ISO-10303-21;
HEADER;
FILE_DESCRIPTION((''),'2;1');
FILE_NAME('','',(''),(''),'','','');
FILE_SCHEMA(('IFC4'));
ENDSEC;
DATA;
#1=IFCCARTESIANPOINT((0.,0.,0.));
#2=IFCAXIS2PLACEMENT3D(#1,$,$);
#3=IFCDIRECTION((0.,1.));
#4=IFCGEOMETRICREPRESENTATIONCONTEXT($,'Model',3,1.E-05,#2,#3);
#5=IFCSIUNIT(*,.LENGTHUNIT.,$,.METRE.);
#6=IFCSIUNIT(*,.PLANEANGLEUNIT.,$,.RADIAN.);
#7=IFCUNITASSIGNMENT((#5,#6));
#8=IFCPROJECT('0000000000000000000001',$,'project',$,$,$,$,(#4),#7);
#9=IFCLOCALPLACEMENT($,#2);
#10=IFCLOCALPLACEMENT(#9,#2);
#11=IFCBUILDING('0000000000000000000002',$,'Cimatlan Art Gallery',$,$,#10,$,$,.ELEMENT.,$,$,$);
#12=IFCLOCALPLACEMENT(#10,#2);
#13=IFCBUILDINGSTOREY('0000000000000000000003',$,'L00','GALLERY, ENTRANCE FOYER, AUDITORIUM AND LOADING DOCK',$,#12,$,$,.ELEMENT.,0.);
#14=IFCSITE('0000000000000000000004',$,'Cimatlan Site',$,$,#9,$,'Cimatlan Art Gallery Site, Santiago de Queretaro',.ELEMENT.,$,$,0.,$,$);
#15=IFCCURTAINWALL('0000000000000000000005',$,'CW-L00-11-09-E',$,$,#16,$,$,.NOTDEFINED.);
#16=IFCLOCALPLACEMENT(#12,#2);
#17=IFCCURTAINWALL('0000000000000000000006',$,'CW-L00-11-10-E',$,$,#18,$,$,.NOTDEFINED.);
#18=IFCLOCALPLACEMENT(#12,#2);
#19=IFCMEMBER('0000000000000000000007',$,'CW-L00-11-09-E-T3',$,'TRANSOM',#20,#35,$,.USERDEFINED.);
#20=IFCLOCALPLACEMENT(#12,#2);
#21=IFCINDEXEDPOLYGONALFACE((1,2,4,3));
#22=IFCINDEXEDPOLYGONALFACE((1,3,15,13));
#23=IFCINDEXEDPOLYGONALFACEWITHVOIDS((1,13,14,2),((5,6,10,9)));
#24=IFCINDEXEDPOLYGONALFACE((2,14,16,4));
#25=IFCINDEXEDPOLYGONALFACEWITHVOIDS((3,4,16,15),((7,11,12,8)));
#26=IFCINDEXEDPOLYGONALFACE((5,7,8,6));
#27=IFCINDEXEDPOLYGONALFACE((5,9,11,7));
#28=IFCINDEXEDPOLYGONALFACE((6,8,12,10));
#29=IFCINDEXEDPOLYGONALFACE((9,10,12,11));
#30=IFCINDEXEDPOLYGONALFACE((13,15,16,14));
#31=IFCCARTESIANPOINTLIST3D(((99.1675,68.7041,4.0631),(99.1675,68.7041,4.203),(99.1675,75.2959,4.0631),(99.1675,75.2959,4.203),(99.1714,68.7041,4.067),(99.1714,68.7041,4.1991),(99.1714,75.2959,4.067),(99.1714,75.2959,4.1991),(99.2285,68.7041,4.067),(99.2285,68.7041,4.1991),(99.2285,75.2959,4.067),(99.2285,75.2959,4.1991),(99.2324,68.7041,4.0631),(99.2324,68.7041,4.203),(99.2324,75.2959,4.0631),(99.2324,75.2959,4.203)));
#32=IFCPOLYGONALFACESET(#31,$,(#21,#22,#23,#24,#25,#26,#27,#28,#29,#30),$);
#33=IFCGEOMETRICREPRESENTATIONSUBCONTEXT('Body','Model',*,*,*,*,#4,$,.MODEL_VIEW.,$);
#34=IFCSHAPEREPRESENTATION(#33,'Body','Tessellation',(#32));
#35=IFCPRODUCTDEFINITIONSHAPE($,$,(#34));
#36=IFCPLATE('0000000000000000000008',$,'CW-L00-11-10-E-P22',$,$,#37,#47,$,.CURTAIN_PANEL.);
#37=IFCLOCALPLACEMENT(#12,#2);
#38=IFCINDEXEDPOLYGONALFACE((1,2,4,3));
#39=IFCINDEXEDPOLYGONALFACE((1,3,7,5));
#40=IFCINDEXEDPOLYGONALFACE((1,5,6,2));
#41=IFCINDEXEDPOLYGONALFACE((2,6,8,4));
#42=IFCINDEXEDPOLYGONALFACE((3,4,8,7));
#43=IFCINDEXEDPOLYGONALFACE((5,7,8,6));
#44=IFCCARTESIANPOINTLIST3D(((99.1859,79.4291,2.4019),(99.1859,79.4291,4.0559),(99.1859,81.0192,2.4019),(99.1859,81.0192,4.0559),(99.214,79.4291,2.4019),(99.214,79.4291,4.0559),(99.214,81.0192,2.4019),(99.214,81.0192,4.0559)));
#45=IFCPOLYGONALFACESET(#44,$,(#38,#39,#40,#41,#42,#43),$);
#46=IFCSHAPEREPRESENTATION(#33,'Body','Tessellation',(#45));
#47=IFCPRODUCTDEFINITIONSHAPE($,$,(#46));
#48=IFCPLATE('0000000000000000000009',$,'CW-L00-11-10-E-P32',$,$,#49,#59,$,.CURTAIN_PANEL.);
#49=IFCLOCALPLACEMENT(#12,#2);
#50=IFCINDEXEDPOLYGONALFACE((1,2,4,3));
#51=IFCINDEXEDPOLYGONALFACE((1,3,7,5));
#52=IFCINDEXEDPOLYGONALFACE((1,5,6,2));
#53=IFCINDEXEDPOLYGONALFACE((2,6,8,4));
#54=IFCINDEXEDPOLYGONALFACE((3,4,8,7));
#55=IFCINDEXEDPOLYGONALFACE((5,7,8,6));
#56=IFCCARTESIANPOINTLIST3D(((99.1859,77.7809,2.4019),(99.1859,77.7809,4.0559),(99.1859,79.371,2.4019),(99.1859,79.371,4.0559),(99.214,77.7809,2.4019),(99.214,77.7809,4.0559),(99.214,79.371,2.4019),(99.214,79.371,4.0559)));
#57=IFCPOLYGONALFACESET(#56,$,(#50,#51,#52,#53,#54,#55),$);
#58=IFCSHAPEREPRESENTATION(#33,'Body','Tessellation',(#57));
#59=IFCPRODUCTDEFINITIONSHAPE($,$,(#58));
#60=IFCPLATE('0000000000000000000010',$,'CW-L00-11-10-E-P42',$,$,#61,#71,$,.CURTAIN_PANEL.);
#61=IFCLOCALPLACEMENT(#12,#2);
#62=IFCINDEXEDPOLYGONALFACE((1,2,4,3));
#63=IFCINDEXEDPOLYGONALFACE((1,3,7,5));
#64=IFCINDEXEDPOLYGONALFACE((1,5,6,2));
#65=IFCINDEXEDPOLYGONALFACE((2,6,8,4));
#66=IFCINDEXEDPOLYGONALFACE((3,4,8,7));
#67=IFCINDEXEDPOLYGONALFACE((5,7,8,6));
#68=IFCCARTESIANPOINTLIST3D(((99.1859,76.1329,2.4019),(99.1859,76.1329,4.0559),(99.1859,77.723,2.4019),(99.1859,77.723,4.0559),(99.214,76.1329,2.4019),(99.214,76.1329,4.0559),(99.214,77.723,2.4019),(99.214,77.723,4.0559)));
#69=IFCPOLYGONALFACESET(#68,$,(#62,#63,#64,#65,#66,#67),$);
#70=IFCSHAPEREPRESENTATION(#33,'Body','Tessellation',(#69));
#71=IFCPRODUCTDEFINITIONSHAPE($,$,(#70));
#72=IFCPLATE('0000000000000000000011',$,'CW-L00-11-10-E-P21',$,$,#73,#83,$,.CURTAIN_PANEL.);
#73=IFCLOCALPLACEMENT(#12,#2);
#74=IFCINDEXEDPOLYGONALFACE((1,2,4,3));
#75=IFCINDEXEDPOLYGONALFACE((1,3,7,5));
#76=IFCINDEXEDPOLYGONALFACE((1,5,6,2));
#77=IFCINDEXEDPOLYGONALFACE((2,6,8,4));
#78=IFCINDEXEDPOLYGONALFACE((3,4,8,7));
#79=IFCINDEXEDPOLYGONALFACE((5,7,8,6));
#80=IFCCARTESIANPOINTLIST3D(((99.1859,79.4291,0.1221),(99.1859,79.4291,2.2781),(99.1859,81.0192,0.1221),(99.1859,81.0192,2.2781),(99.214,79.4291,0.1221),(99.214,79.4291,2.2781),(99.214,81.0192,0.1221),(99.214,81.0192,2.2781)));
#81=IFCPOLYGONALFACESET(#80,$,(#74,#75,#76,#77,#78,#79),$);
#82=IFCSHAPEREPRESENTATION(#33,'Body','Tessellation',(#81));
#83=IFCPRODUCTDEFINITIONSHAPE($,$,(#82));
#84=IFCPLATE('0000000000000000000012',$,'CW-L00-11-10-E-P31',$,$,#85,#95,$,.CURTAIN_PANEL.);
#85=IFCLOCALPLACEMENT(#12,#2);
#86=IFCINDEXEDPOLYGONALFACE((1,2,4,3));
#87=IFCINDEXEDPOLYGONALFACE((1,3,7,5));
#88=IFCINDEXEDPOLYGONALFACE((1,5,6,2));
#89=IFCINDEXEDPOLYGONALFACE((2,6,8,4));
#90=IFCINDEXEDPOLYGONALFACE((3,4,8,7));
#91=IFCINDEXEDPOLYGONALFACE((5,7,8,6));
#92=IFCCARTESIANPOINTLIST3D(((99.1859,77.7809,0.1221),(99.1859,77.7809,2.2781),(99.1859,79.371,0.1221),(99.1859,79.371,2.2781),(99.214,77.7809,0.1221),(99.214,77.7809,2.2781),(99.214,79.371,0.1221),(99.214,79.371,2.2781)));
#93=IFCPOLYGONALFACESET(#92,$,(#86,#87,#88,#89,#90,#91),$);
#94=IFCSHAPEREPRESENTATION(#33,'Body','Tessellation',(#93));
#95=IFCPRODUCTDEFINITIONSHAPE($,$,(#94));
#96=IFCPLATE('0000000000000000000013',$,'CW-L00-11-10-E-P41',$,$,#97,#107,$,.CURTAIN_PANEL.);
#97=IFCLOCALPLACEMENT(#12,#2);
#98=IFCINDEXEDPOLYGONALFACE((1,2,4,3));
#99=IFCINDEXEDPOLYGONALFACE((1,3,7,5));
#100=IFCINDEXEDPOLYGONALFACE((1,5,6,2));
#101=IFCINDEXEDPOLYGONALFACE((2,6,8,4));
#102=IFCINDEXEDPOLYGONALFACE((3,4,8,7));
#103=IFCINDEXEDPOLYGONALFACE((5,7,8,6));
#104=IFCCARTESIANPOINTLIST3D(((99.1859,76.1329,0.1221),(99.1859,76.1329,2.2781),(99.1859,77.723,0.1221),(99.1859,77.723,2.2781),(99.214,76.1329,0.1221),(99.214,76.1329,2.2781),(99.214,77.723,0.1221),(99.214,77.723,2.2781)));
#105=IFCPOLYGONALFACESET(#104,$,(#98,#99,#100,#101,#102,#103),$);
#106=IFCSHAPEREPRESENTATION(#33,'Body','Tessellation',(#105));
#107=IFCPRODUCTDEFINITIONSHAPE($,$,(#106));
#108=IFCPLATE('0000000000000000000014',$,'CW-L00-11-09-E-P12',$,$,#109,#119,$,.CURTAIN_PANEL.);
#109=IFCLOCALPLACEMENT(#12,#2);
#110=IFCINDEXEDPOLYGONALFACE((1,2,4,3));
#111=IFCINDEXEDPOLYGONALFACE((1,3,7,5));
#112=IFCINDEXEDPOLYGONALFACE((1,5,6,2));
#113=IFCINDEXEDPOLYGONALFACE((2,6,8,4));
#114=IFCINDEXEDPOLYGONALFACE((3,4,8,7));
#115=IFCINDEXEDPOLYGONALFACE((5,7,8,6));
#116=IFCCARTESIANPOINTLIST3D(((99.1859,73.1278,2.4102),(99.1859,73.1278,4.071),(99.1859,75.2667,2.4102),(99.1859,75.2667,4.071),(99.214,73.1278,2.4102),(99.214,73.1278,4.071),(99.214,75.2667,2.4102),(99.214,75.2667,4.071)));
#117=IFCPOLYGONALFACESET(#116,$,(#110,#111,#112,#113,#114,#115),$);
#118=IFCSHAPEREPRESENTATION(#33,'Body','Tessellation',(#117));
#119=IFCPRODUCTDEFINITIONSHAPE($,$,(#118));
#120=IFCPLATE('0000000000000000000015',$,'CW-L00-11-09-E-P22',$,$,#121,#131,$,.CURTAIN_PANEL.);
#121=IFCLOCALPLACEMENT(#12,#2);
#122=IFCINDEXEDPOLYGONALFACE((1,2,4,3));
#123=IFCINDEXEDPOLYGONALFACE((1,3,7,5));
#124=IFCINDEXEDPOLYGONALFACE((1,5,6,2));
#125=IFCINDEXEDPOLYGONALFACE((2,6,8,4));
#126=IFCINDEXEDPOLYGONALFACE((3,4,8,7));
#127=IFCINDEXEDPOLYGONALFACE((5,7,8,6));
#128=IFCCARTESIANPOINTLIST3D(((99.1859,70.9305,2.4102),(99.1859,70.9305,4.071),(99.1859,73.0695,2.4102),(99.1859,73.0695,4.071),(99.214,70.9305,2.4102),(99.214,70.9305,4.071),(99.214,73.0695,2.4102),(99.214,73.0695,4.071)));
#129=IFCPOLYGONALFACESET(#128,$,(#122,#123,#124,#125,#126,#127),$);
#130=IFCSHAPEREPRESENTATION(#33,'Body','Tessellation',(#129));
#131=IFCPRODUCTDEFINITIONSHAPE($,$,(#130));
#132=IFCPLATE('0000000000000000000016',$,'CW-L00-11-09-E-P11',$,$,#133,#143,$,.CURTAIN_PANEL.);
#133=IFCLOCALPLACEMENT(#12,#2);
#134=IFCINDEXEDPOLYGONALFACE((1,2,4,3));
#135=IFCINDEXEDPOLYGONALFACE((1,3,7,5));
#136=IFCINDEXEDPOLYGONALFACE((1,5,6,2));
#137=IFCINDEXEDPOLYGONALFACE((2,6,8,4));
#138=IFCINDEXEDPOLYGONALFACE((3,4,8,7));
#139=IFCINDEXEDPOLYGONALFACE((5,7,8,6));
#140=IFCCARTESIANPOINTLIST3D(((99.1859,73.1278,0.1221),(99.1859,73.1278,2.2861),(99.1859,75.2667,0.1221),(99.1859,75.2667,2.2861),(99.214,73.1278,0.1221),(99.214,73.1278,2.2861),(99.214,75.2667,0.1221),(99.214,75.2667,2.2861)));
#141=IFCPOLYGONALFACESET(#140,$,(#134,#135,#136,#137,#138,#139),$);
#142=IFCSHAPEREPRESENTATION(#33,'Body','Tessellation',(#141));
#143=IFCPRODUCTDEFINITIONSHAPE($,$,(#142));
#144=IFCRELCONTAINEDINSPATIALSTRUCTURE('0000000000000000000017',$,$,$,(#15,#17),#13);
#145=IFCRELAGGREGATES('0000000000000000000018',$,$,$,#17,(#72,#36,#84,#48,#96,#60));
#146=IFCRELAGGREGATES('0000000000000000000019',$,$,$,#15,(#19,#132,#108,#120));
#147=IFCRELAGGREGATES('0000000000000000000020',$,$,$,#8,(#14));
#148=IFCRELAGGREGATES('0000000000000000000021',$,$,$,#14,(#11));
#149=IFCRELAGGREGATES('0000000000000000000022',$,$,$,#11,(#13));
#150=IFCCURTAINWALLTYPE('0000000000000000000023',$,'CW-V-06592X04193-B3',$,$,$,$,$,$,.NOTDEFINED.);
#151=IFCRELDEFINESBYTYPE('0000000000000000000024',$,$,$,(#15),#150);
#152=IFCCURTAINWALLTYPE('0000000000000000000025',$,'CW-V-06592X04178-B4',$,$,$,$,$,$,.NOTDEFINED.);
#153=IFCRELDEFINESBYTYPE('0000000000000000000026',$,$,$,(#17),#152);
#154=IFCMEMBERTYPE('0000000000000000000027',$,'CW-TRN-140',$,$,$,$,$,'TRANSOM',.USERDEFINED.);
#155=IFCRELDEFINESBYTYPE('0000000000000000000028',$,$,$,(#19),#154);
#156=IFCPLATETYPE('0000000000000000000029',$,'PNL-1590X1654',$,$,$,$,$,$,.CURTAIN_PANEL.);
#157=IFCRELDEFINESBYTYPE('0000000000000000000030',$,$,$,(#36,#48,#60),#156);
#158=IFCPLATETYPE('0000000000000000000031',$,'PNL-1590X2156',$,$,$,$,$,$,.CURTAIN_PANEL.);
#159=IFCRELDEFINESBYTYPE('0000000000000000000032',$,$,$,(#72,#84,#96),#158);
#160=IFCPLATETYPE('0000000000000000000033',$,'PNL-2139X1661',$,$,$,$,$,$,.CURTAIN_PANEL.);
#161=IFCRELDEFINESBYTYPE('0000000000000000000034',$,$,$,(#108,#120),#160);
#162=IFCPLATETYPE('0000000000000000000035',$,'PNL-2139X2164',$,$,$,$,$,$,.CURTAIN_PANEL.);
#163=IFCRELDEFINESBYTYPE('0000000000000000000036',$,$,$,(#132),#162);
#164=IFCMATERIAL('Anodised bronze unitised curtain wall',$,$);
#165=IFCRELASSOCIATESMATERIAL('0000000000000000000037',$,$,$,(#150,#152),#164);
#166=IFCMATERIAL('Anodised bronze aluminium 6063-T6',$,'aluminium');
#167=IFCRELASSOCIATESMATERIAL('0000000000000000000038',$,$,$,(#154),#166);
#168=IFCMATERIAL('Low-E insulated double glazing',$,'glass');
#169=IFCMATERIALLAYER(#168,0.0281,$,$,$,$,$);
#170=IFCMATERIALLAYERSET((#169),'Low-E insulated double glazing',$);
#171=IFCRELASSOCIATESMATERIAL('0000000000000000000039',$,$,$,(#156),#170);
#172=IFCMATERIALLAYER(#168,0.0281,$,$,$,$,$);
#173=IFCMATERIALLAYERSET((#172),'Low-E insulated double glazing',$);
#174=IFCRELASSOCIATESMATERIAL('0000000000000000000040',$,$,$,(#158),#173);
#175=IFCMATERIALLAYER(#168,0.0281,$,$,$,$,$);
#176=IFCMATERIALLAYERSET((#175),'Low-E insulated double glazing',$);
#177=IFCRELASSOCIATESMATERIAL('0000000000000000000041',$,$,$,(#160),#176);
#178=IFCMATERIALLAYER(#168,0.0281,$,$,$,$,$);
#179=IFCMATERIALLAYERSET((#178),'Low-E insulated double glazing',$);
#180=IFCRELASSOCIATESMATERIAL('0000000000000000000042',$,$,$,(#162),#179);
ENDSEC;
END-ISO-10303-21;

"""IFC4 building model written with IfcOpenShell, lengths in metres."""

from ifc_helpers import new_model, si_unit, direction, frame, origin, origin_2d, place, context, subcontext, project, spatial, rectangle, hollow_rectangle, extrude, material, layer, layer_set, material_profile, profile_set, type_object, element, aggregate, save


model = new_model("IFC4")

# Units and contexts
model_context = context("Model", 3, precision=1e-05, world=origin(), true_north=direction((0.0, 1.0)))
body_context = subcontext(model_context, "Body", "Model", "MODEL_VIEW")
ifc_project = project(units=[si_unit("LENGTHUNIT", "METRE"), si_unit("PLANEANGLEUNIT", "RADIAN")], contexts=[model_context])

# Site, building, storey
site_placement = place(None, origin())
site = spatial("IfcSite", under=ifc_project, at=site_placement, Name="Cimatlan Site", LongName="Cimatlan Art Gallery Site, Santiago de Queretaro", CompositionType="ELEMENT", RefElevation=0.0)
building_placement = place(site_placement, origin())
building = spatial("IfcBuilding", under=site, at=building_placement, Name="Cimatlan Art Gallery", CompositionType="ELEMENT")
storey_placement = place(building_placement, origin())
storey = spatial("IfcBuildingStorey", under=building, at=storey_placement, Name="L00", Description="GALLERY, ENTRANCE FOYER, AUDITORIUM AND LOADING DOCK", CompositionType="ELEMENT", Elevation=0.0)

# Curtain walls
ifc_material_1 = material(Name="Anodised bronze unitised curtain wall")
curtain_wall_type_1 = type_object("IfcCurtainWallType", Name="CW-V-06592X04193-B3", PredefinedType="NOTDEFINED", material=ifc_material_1)
curtain_wall_1_placement = place(storey_placement, origin())
curtain_wall_1 = element("IfcCurtainWall", 1, at=curtain_wall_1_placement, inside=storey, type_object=curtain_wall_type_1, Name="CW-L00-11-09-E", PredefinedType="NOTDEFINED")
ifc_material_2 = material(Name="Anodised bronze aluminium 6063-T6", Category="aluminium")
curtain_wall_type_2 = type_object("IfcCurtainWallType", Name="CW-V-06592X04178-B4", PredefinedType="NOTDEFINED", material=ifc_material_1)
curtain_wall_2_placement = place(storey_placement, origin())
curtain_wall_2 = element("IfcCurtainWall", 2, at=curtain_wall_2_placement, inside=storey, type_object=curtain_wall_type_2, Name="CW-L00-11-10-E", PredefinedType="NOTDEFINED")

# Member
ifc_material_profile_1 = material_profile(ifc_material_2, hollow_rectangle(XDim=0.0649, YDim=0.1399, WallThickness=0.0039, at=origin_2d()), Name="ALU65X140X4")
ifc_profile_set_1 = profile_set([ifc_material_profile_1], Name="Anodised bronze aluminium 6063-T6")
member_type_1 = type_object("IfcMemberType", Name="CW-TRN-140", ElementType="TRANSOM", PredefinedType="USERDEFINED", material=ifc_profile_set_1)
member_1_placement = place(storey_placement, frame((99.2, 75.2959, 4.1331), z_axis=(0.0, -1.0, 0.0), x_axis=(1.0, 0.0, 0.0)))
member_1 = element("IfcMember", 3, at=member_1_placement, type_object=member_type_1, Name="CW-L00-11-09-E-T3", ObjectType="TRANSOM", PredefinedType="USERDEFINED", context=body_context, shape_type="SweptSolid", body=[
    extrude(hollow_rectangle(XDim=0.0649, YDim=0.1399, WallThickness=0.0039, at=origin_2d()), origin(), (0.0, 0.0, 1.0), 6.5918),
])

# Plates
ifc_material_3 = material(Name="Low-E insulated double glazing", Category="glass")
ifc_layer_1 = layer(ifc_material_3, 0.0281)
ifc_layer_set_1 = layer_set([ifc_layer_1], Name="Low-E insulated double glazing")
plate_type_1 = type_object("IfcPlateType", Name="PNL-1590X1654", PredefinedType="CURTAIN_PANEL", material=ifc_layer_set_1)
plate_1_placement = place(storey_placement, frame((99.2, 80.2241, 2.4019), z_axis=(0.0, 0.0, 1.0), x_axis=(0.0, -1.0, 0.0)))
plate_1 = element("IfcPlate", 4, at=plate_1_placement, type_object=plate_type_1, Name="CW-L00-11-10-E-P22", PredefinedType="CURTAIN_PANEL", context=body_context, shape_type="SweptSolid", body=[
    extrude(rectangle(XDim=1.5901, YDim=0.0281, at=origin_2d()), origin(), (0.0, 0.0, 1.0), 1.6541),
])
plate_2_placement = place(storey_placement, frame((99.2, 78.5759, 2.4019), z_axis=(0.0, 0.0, 1.0), x_axis=(0.0, -1.0, 0.0)))
plate_2 = element("IfcPlate", 5, at=plate_2_placement, type_object=plate_type_1, Name="CW-L00-11-10-E-P32", PredefinedType="CURTAIN_PANEL", context=body_context, shape_type="SweptSolid", body=[
    extrude(rectangle(XDim=1.5901, YDim=0.0281, at=origin_2d()), origin(), (0.0, 0.0, 1.0), 1.6541),
])
plate_3_placement = place(storey_placement, frame((99.2, 76.928, 2.4019), z_axis=(0.0, 0.0, 1.0), x_axis=(0.0, -1.0, 0.0)))
plate_3 = element("IfcPlate", 6, at=plate_3_placement, type_object=plate_type_1, Name="CW-L00-11-10-E-P42", PredefinedType="CURTAIN_PANEL", context=body_context, shape_type="SweptSolid", body=[
    extrude(rectangle(XDim=1.5901, YDim=0.0281, at=origin_2d()), origin(), (0.0, 0.0, 1.0), 1.6541),
])
ifc_layer_2 = layer(ifc_material_3, 0.0281)
ifc_layer_set_2 = layer_set([ifc_layer_2], Name="Low-E insulated double glazing")
plate_type_2 = type_object("IfcPlateType", Name="PNL-1590X2156", PredefinedType="CURTAIN_PANEL", material=ifc_layer_set_2)
plate_4_placement = place(storey_placement, frame((99.2, 80.2241, 0.1221), z_axis=(0.0, 0.0, 1.0), x_axis=(0.0, -1.0, 0.0)))
plate_4 = element("IfcPlate", 7, at=plate_4_placement, type_object=plate_type_2, Name="CW-L00-11-10-E-P21", PredefinedType="CURTAIN_PANEL", context=body_context, shape_type="SweptSolid", body=[
    extrude(rectangle(XDim=1.5901, YDim=0.0281, at=origin_2d()), origin(), (0.0, 0.0, 1.0), 2.156),
])
plate_5_placement = place(storey_placement, frame((99.2, 78.5759, 0.1221), z_axis=(0.0, 0.0, 1.0), x_axis=(0.0, -1.0, 0.0)))
plate_5 = element("IfcPlate", 8, at=plate_5_placement, type_object=plate_type_2, Name="CW-L00-11-10-E-P31", PredefinedType="CURTAIN_PANEL", context=body_context, shape_type="SweptSolid", body=[
    extrude(rectangle(XDim=1.5901, YDim=0.0281, at=origin_2d()), origin(), (0.0, 0.0, 1.0), 2.156),
])
plate_6_placement = place(storey_placement, frame((99.2, 76.928, 0.1221), z_axis=(0.0, 0.0, 1.0), x_axis=(0.0, -1.0, 0.0)))
plate_6 = element("IfcPlate", 9, at=plate_6_placement, type_object=plate_type_2, Name="CW-L00-11-10-E-P41", PredefinedType="CURTAIN_PANEL", context=body_context, shape_type="SweptSolid", body=[
    extrude(rectangle(XDim=1.5901, YDim=0.0281, at=origin_2d()), origin(), (0.0, 0.0, 1.0), 2.156),
])
aggregate(curtain_wall_2, [plate_4, plate_1, plate_5, plate_2, plate_6, plate_3])
ifc_layer_3 = layer(ifc_material_3, 0.0281)
ifc_layer_set_3 = layer_set([ifc_layer_3], Name="Low-E insulated double glazing")
plate_type_3 = type_object("IfcPlateType", Name="PNL-2139X1661", PredefinedType="CURTAIN_PANEL", material=ifc_layer_set_3)
plate_7_placement = place(storey_placement, frame((99.2, 74.1973, 2.4102), z_axis=(0.0, 0.0, 1.0), x_axis=(0.0, -1.0, 0.0)))
plate_7 = element("IfcPlate", 10, at=plate_7_placement, type_object=plate_type_3, Name="CW-L00-11-09-E-P12", PredefinedType="CURTAIN_PANEL", context=body_context, shape_type="SweptSolid", body=[
    extrude(rectangle(XDim=2.1389, YDim=0.0281, at=origin_2d()), origin(), (0.0, 0.0, 1.0), 1.6609),
])
plate_8_placement = place(storey_placement, frame((99.2, 72.0, 2.4102), z_axis=(0.0, 0.0, 1.0), x_axis=(0.0, -1.0, 0.0)))
plate_8 = element("IfcPlate", 11, at=plate_8_placement, type_object=plate_type_3, Name="CW-L00-11-09-E-P22", PredefinedType="CURTAIN_PANEL", context=body_context, shape_type="SweptSolid", body=[
    extrude(rectangle(XDim=2.1389, YDim=0.0281, at=origin_2d()), origin(), (0.0, 0.0, 1.0), 1.6609),
])
ifc_layer_4 = layer(ifc_material_3, 0.0281)
ifc_layer_set_4 = layer_set([ifc_layer_4], Name="Low-E insulated double glazing")
plate_type_4 = type_object("IfcPlateType", Name="PNL-2139X2164", PredefinedType="CURTAIN_PANEL", material=ifc_layer_set_4)
plate_9_placement = place(storey_placement, frame((99.2, 74.1973, 0.1221), z_axis=(0.0, 0.0, 1.0), x_axis=(0.0, -1.0, 0.0)))
plate_9 = element("IfcPlate", 12, at=plate_9_placement, type_object=plate_type_4, Name="CW-L00-11-09-E-P11", PredefinedType="CURTAIN_PANEL", context=body_context, shape_type="SweptSolid", body=[
    extrude(rectangle(XDim=2.1389, YDim=0.0281, at=origin_2d()), origin(), (0.0, 0.0, 1.0), 2.1641),
])
aggregate(curtain_wall_1, [member_1, plate_9, plate_7, plate_8])

save(model, "model.ifc")
